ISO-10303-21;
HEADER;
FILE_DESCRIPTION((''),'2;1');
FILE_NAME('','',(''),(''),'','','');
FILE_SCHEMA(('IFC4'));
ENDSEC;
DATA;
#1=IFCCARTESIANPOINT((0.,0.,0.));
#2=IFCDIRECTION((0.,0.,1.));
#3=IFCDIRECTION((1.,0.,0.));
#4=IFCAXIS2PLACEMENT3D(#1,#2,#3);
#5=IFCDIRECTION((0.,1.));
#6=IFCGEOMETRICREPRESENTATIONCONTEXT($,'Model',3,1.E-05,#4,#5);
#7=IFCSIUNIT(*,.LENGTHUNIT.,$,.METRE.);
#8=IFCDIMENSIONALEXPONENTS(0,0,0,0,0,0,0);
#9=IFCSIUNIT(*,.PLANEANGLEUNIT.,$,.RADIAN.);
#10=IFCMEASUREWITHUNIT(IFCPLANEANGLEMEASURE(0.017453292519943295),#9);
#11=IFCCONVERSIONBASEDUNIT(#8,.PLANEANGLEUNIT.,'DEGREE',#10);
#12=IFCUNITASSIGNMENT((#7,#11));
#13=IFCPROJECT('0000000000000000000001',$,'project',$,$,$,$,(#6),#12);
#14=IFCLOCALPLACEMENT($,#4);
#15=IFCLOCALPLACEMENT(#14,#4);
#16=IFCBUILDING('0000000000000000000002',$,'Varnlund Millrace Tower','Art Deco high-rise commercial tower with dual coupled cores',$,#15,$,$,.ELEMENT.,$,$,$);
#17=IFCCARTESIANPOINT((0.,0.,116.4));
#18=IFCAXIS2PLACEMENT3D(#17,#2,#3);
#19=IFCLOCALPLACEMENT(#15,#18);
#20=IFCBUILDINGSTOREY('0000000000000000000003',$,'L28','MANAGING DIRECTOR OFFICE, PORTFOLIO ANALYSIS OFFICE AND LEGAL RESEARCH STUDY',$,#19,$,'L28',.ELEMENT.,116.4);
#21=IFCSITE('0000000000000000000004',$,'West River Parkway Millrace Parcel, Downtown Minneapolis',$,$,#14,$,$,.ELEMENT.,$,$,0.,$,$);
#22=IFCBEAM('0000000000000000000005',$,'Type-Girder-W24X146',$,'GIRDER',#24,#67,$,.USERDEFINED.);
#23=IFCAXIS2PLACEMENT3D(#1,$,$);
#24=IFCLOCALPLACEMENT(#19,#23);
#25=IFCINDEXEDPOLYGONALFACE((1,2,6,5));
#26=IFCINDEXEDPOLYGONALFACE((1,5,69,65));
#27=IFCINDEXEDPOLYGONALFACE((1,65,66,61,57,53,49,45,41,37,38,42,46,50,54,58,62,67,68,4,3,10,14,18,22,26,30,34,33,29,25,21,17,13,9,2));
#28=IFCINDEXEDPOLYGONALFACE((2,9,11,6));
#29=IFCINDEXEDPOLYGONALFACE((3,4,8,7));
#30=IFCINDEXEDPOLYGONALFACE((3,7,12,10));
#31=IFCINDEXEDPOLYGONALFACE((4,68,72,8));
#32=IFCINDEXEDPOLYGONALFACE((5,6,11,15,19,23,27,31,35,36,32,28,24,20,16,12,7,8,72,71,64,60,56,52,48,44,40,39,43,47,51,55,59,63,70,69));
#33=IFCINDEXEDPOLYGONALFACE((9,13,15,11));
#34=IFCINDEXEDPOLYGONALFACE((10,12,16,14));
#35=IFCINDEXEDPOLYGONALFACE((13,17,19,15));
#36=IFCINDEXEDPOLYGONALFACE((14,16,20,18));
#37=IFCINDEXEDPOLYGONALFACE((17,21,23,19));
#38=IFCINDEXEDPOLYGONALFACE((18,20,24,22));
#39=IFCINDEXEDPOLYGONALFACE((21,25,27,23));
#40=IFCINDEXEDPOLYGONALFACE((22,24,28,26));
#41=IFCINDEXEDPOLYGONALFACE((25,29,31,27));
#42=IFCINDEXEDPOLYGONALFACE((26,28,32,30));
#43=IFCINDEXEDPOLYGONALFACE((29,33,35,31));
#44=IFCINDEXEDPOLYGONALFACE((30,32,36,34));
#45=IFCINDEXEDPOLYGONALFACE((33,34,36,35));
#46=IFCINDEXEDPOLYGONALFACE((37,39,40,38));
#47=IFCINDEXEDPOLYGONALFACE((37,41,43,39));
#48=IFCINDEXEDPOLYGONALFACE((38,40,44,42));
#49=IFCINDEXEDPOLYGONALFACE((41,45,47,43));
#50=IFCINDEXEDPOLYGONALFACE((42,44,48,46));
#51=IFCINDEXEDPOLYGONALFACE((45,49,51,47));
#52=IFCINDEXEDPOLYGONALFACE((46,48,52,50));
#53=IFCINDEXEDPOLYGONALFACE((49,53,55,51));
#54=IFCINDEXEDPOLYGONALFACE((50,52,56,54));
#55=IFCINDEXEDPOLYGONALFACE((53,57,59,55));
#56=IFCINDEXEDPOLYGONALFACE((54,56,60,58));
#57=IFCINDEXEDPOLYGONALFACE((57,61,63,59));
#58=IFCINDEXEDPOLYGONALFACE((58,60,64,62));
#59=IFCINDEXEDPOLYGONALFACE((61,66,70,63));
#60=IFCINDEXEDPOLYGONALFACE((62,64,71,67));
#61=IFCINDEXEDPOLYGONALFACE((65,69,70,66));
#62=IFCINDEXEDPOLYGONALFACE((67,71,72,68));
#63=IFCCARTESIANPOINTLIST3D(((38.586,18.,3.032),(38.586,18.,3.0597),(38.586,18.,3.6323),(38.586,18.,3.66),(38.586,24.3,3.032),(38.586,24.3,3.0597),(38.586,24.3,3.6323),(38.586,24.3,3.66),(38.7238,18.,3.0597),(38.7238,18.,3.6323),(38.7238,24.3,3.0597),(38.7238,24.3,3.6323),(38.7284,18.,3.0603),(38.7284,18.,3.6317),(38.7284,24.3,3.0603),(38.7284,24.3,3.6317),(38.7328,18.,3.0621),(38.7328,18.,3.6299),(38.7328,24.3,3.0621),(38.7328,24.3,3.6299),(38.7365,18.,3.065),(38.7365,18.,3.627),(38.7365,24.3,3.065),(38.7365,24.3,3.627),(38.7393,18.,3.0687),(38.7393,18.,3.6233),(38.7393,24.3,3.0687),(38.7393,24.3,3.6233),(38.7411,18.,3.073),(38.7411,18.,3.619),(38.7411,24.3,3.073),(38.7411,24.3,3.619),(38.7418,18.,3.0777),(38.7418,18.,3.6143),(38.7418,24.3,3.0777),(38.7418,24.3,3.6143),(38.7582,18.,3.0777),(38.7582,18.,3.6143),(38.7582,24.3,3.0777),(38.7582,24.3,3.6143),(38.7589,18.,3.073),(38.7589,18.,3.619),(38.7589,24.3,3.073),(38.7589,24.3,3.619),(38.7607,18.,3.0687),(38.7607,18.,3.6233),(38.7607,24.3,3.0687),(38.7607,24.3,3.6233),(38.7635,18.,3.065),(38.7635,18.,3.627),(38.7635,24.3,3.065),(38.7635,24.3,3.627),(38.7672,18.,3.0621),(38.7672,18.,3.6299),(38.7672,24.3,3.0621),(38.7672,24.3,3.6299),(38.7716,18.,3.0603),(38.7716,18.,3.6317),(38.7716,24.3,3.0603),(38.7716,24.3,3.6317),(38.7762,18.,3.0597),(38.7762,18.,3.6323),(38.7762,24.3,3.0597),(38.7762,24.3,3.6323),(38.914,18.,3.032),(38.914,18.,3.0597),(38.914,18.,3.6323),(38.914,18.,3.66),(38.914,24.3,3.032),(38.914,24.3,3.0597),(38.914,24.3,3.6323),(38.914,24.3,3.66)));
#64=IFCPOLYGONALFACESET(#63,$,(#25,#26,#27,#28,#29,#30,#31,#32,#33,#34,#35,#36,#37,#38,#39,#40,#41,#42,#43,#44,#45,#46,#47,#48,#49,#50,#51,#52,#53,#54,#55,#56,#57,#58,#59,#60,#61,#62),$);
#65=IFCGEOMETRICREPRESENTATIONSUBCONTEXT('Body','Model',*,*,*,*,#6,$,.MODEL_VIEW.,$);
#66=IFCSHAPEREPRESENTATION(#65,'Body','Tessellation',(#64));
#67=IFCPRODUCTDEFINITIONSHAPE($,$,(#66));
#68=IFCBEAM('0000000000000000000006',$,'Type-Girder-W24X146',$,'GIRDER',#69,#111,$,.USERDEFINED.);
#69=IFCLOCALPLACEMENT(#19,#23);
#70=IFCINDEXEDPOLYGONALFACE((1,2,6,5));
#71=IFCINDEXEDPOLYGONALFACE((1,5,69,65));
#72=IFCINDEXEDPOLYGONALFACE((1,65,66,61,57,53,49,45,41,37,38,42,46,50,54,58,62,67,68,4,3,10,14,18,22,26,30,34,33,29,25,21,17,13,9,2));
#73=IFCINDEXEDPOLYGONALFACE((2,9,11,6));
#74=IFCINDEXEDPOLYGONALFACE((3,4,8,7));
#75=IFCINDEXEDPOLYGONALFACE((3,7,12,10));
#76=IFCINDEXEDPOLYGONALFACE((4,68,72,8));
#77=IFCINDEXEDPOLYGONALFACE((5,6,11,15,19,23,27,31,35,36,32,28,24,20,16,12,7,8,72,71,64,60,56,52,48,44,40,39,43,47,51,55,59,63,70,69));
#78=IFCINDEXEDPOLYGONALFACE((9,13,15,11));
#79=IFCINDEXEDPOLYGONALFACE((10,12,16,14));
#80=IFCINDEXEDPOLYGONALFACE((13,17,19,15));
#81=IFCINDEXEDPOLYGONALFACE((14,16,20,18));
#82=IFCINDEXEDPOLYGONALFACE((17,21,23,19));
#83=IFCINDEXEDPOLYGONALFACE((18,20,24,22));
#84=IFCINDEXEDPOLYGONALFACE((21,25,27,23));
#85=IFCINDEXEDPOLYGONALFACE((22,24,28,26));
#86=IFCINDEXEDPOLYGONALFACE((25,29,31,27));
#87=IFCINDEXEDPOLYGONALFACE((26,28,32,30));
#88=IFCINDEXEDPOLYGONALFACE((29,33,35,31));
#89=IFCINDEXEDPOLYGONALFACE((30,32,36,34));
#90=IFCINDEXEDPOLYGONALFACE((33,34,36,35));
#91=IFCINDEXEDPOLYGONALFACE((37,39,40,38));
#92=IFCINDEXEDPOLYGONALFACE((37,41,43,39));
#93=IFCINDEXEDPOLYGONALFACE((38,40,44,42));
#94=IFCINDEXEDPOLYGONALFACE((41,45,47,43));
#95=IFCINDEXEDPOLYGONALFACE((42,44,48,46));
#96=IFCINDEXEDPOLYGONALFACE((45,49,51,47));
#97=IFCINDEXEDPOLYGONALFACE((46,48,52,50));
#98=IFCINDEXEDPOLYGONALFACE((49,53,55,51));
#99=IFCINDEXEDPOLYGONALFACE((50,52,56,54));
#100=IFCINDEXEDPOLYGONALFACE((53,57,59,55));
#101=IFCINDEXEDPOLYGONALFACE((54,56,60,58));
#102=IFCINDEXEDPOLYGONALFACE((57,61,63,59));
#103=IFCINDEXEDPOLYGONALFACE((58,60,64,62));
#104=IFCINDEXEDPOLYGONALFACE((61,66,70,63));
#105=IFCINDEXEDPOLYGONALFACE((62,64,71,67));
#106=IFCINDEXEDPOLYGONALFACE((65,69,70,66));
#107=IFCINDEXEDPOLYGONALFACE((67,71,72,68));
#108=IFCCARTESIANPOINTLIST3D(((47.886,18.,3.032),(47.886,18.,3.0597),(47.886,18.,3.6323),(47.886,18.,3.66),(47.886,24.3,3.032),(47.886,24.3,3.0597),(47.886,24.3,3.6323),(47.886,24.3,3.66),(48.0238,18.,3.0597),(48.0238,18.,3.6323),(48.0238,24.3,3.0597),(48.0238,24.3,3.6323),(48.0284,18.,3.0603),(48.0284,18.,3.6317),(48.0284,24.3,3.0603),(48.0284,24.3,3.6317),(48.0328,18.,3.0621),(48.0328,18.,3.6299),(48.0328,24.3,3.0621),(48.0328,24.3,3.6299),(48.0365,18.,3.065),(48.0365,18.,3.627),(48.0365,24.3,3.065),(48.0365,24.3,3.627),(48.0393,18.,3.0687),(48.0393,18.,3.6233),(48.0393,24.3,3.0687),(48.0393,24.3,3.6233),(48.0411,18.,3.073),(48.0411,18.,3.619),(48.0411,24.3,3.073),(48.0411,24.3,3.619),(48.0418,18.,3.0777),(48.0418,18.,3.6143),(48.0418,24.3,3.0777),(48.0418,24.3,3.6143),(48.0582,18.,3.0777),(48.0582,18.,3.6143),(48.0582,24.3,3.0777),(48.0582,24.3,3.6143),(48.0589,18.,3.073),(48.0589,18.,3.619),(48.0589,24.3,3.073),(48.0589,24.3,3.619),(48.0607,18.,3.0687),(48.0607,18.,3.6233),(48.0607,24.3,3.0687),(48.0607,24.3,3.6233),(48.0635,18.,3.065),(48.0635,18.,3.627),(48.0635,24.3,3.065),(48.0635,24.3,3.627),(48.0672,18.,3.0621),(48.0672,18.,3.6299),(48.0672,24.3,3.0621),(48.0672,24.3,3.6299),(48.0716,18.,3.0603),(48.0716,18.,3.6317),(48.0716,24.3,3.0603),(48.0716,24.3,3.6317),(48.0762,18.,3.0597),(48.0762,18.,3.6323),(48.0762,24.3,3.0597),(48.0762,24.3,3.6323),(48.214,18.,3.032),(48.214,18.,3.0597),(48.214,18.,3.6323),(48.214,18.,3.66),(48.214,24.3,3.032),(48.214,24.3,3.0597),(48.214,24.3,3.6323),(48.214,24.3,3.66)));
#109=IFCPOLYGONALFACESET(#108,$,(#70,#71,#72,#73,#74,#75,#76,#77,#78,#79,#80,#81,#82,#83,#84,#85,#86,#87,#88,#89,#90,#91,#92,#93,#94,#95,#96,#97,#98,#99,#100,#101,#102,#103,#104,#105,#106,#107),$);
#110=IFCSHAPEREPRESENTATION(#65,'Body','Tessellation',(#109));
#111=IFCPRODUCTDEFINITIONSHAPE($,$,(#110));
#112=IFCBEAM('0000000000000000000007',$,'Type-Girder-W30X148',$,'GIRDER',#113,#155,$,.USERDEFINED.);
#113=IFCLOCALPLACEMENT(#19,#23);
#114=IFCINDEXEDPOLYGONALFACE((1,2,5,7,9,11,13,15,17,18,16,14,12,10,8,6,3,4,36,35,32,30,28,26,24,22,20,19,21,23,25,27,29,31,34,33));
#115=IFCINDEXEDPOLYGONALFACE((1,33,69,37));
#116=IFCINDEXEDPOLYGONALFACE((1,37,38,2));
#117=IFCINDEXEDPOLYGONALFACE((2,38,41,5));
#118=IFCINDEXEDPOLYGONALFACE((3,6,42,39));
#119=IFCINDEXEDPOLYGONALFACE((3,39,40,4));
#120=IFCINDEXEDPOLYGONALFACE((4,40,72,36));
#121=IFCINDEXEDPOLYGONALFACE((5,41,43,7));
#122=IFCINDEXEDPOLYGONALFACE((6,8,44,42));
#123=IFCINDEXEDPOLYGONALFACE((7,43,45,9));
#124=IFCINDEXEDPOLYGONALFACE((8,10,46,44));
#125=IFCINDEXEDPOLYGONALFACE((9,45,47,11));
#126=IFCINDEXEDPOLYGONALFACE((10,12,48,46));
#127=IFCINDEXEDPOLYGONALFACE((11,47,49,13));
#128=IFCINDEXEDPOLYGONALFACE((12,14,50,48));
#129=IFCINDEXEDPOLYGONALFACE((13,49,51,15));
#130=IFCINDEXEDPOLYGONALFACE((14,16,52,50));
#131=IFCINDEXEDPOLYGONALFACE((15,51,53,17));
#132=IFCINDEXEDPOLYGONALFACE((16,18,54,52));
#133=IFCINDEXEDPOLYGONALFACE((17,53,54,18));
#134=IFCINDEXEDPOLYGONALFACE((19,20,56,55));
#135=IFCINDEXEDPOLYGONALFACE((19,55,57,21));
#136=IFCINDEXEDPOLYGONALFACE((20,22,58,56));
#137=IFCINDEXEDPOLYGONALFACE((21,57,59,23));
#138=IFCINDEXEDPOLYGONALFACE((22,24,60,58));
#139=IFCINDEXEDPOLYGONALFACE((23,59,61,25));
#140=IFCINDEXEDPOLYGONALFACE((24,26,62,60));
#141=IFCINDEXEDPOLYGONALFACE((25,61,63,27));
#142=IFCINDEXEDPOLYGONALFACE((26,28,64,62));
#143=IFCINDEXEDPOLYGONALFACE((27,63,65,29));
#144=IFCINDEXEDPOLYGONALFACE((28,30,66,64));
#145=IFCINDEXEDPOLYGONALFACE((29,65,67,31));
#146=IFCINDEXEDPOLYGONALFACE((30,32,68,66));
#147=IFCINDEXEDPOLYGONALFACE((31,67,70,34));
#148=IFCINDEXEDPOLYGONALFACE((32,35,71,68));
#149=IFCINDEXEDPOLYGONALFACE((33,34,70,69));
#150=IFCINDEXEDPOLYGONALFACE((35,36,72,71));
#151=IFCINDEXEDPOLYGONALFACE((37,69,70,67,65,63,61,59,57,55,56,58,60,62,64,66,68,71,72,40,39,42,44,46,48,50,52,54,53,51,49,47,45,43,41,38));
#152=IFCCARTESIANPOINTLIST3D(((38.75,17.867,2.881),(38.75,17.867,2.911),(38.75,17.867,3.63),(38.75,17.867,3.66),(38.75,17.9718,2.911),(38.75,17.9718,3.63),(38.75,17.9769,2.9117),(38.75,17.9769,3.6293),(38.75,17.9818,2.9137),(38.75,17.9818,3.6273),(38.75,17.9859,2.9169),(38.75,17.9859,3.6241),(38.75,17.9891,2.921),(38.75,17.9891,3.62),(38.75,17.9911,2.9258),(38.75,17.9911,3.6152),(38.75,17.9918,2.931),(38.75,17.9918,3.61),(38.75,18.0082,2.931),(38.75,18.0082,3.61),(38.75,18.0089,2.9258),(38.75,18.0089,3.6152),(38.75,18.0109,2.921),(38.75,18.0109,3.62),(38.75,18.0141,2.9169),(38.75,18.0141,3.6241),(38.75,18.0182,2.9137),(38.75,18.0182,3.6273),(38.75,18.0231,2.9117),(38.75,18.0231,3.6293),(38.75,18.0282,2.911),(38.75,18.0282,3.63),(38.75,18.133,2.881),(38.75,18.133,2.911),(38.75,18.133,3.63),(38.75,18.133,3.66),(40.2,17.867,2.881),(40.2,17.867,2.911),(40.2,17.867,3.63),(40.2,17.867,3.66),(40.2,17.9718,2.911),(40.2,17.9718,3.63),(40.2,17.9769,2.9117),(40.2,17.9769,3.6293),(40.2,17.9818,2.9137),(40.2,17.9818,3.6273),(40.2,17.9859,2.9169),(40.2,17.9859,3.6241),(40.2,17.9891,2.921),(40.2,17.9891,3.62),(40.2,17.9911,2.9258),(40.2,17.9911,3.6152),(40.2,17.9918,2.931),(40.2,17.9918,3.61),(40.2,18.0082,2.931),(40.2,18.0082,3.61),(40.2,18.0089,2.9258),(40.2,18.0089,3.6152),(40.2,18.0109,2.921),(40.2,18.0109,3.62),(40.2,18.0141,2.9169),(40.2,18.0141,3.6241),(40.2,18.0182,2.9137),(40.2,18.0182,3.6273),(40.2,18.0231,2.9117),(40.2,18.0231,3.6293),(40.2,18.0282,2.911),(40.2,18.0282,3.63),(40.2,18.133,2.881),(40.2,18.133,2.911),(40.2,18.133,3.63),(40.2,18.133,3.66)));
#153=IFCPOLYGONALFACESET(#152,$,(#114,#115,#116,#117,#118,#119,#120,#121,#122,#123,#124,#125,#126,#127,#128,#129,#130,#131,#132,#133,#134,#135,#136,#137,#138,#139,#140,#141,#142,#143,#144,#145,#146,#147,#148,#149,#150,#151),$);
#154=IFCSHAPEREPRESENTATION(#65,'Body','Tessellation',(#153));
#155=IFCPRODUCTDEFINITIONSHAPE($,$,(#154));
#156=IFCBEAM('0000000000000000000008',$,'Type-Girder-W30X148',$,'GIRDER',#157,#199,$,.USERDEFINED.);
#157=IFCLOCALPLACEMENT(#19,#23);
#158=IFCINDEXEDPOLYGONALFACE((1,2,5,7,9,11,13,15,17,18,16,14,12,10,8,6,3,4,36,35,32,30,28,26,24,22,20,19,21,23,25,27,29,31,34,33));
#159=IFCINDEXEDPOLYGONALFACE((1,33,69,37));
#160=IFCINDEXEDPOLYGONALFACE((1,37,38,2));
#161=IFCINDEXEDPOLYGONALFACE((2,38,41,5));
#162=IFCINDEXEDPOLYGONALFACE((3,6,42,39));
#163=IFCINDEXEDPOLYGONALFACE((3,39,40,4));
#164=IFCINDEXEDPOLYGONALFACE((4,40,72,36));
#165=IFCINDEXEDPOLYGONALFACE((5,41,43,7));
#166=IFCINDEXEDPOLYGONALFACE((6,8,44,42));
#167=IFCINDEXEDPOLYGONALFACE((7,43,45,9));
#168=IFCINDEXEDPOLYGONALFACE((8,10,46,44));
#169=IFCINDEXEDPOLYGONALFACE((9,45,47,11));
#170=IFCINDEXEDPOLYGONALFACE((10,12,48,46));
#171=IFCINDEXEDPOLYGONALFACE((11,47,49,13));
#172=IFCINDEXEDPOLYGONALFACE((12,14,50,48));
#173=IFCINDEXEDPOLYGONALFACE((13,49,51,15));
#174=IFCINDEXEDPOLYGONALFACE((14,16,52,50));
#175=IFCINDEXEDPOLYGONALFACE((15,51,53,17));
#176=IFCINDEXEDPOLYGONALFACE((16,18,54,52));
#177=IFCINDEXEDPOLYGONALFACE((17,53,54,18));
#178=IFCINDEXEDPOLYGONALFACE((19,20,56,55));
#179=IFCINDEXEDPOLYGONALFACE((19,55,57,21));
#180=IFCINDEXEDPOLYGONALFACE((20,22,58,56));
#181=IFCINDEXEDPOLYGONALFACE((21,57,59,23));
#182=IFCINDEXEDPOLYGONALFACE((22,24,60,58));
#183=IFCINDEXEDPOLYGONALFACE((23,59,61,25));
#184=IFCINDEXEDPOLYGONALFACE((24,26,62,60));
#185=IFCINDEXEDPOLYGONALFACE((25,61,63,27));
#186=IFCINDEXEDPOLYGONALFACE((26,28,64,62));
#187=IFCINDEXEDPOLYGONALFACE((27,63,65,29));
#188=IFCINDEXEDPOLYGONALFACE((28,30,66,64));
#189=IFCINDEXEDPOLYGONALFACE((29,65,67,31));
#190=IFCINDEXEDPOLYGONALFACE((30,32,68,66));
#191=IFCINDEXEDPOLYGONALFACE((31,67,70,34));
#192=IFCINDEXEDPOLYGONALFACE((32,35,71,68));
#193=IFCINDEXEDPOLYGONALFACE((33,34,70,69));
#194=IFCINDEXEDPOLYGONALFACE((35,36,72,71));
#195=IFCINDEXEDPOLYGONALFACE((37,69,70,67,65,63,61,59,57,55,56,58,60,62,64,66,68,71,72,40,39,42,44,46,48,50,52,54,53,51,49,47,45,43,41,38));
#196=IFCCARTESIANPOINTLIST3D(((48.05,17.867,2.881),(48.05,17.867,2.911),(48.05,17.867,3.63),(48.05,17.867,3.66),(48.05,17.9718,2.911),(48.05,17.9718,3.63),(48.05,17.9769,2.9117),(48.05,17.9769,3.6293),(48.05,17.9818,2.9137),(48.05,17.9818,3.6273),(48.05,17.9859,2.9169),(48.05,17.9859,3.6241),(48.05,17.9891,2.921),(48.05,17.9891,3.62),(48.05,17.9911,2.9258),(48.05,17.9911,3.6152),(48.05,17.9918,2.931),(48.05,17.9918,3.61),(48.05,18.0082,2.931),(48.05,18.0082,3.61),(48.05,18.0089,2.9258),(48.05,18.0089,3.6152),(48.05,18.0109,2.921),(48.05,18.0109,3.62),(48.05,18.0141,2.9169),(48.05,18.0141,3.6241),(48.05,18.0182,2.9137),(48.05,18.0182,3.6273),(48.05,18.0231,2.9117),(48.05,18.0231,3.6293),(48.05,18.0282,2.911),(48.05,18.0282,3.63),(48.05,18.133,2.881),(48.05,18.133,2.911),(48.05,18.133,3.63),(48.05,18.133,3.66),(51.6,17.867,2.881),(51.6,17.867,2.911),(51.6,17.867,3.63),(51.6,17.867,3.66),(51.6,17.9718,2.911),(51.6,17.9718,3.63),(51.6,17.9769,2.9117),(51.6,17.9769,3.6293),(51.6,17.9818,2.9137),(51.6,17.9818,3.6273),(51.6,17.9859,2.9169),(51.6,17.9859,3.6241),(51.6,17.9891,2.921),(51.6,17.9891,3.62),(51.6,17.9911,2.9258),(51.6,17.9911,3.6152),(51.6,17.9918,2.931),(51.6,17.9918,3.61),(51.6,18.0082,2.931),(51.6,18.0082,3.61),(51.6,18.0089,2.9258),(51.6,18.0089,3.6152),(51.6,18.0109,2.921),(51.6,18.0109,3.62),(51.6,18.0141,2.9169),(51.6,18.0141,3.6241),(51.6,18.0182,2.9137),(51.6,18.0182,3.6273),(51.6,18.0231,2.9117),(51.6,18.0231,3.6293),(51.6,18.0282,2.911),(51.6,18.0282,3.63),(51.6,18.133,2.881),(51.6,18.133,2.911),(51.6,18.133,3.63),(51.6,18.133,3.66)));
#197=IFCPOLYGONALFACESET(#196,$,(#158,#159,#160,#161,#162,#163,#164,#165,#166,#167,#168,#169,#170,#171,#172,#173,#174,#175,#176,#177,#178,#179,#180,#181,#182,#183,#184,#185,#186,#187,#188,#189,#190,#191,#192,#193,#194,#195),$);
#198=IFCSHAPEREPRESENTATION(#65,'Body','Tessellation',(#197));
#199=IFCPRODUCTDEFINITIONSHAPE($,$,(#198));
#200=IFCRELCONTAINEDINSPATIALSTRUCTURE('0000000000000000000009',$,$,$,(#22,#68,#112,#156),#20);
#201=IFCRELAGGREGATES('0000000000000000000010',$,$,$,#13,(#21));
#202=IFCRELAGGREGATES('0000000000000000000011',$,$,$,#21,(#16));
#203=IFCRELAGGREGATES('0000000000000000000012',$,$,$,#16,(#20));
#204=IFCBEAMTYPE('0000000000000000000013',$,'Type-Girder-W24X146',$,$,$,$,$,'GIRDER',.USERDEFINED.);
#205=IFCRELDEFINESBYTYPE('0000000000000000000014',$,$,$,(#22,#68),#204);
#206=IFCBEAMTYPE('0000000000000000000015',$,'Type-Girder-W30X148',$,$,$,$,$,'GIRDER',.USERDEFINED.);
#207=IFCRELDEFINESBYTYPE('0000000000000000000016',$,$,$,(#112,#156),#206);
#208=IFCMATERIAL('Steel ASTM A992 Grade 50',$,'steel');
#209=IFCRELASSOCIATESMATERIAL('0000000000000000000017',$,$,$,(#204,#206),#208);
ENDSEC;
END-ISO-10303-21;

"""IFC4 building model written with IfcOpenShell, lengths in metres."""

from ifc_helpers import new_model, entity, si_unit, converted_unit, direction, frame, origin_with_axes, origin_2d_with_axis, place, context, subcontext, project, spatial, i_section, extrude, material, material_profile, profile_set, type_object, element, save


model = new_model("IFC4")

# Units and contexts
model_context = context("Model", 3, precision=1e-05, world=origin_with_axes(), true_north=direction((0.0, 1.0)))
body_context = subcontext(model_context, "Body", "Model", "MODEL_VIEW")
ifc_project = project(units=[si_unit("LENGTHUNIT", "METRE"), converted_unit("PLANEANGLEUNIT", "DEGREE", entity("IfcPlaneAngleMeasure", 0.017453292519943295), si_unit("PLANEANGLEUNIT", "RADIAN"), dimensions=[0, 0, 0, 0, 0, 0, 0])], contexts=[model_context])

# Site, building, storey
site_placement = place(None, origin_with_axes())
site = spatial("IfcSite", under=ifc_project, at=site_placement, Name="West River Parkway Millrace Parcel, Downtown Minneapolis", CompositionType="ELEMENT", RefElevation=0.0)
building_placement = place(site_placement, origin_with_axes())
building = spatial("IfcBuilding", under=site, at=building_placement, Name="Varnlund Millrace Tower", Description="Art Deco high-rise commercial tower with dual coupled cores", CompositionType="ELEMENT")
storey_placement = place(building_placement, frame((0.0, 0.0, 116.4), z_axis=(0.0, 0.0, 1.0), x_axis=(1.0, 0.0, 0.0)))
storey = spatial("IfcBuildingStorey", under=building, at=storey_placement, Name="L28", Description="MANAGING DIRECTOR OFFICE, PORTFOLIO ANALYSIS OFFICE AND LEGAL RESEARCH STUDY", LongName="L28", CompositionType="ELEMENT", Elevation=116.4)

# Beams
ifc_material_1 = material(Name="Steel ASTM A992 Grade 50", Category="steel")
ifc_material_profile_1 = material_profile(ifc_material_1, i_section(OverallWidth=0.328, OverallDepth=0.628, WebThickness=0.0165, FlangeThickness=0.0277, FilletRadius=0.018, at=origin_2d_with_axis()), Name="Steel ASTM A992 Grade 50")
ifc_profile_set_1 = profile_set([ifc_material_profile_1], Name="Steel ASTM A992 Grade 50")
beam_type_1 = type_object("IfcBeamType", Name="Type-Girder-W24X146", ElementType="GIRDER", PredefinedType="USERDEFINED", material=ifc_profile_set_1)
for number, where, z_axis, x_axis, name in (
    (1, (38.75, 18.0, 3.346), (0.0, 1.0, 0.0), (-1.0, 0.0, 0.0), "Type-Girder-W24X146"),
    (2, (48.05, 18.0, 3.346), (0.0, 1.0, 0.0), (-1.0, 0.0, 0.0), "Type-Girder-W24X146"),
):
    element("IfcBeam", number, at=place(storey_placement, frame(where, z_axis=z_axis, x_axis=x_axis)), inside=storey, type_object=beam_type_1, Name=name, ObjectType="GIRDER", PredefinedType="USERDEFINED", context=body_context, shape_type="SweptSolid", body=[
        extrude(i_section(OverallWidth=0.328, OverallDepth=0.628, WebThickness=0.0165, FlangeThickness=0.0277, FilletRadius=0.018, at=origin_2d_with_axis()), origin_with_axes(), (0.0, 0.0, 1.0), 6.3),
    ])
ifc_material_profile_2 = material_profile(ifc_material_1, i_section(OverallWidth=0.266, OverallDepth=0.779, WebThickness=0.0165, FlangeThickness=0.03, FilletRadius=0.02, at=origin_2d_with_axis()), Name="Steel ASTM A992 Grade 50")
ifc_profile_set_2 = profile_set([ifc_material_profile_2], Name="Steel ASTM A992 Grade 50")
beam_type_2 = type_object("IfcBeamType", Name="Type-Girder-W30X148", ElementType="GIRDER", PredefinedType="USERDEFINED", material=ifc_profile_set_2)
beam_1_placement = place(storey_placement, frame((38.75, 18.0, 3.2705), z_axis=(1.0, 0.0, 0.0), x_axis=(0.0, 1.0, 0.0)))
element("IfcBeam", 3, at=beam_1_placement, inside=storey, type_object=beam_type_2, Name="Type-Girder-W30X148", ObjectType="GIRDER", PredefinedType="USERDEFINED", context=body_context, shape_type="SweptSolid", body=[
    extrude(i_section(OverallWidth=0.266, OverallDepth=0.779, WebThickness=0.0165, FlangeThickness=0.03, FilletRadius=0.02, at=origin_2d_with_axis()), origin_with_axes(), (0.0, 0.0, 1.0), 1.45),
])
beam_2_placement = place(storey_placement, frame((48.05, 18.0, 3.2705), z_axis=(1.0, 0.0, 0.0), x_axis=(0.0, 1.0, 0.0)))
element("IfcBeam", 4, at=beam_2_placement, inside=storey, type_object=beam_type_2, Name="Type-Girder-W30X148", ObjectType="GIRDER", PredefinedType="USERDEFINED", context=body_context, shape_type="SweptSolid", body=[
    extrude(i_section(OverallWidth=0.266, OverallDepth=0.779, WebThickness=0.0165, FlangeThickness=0.03, FilletRadius=0.02, at=origin_2d_with_axis()), origin_with_axes(), (0.0, 0.0, 1.0), 3.55),
])

save(model, "model.ifc")
